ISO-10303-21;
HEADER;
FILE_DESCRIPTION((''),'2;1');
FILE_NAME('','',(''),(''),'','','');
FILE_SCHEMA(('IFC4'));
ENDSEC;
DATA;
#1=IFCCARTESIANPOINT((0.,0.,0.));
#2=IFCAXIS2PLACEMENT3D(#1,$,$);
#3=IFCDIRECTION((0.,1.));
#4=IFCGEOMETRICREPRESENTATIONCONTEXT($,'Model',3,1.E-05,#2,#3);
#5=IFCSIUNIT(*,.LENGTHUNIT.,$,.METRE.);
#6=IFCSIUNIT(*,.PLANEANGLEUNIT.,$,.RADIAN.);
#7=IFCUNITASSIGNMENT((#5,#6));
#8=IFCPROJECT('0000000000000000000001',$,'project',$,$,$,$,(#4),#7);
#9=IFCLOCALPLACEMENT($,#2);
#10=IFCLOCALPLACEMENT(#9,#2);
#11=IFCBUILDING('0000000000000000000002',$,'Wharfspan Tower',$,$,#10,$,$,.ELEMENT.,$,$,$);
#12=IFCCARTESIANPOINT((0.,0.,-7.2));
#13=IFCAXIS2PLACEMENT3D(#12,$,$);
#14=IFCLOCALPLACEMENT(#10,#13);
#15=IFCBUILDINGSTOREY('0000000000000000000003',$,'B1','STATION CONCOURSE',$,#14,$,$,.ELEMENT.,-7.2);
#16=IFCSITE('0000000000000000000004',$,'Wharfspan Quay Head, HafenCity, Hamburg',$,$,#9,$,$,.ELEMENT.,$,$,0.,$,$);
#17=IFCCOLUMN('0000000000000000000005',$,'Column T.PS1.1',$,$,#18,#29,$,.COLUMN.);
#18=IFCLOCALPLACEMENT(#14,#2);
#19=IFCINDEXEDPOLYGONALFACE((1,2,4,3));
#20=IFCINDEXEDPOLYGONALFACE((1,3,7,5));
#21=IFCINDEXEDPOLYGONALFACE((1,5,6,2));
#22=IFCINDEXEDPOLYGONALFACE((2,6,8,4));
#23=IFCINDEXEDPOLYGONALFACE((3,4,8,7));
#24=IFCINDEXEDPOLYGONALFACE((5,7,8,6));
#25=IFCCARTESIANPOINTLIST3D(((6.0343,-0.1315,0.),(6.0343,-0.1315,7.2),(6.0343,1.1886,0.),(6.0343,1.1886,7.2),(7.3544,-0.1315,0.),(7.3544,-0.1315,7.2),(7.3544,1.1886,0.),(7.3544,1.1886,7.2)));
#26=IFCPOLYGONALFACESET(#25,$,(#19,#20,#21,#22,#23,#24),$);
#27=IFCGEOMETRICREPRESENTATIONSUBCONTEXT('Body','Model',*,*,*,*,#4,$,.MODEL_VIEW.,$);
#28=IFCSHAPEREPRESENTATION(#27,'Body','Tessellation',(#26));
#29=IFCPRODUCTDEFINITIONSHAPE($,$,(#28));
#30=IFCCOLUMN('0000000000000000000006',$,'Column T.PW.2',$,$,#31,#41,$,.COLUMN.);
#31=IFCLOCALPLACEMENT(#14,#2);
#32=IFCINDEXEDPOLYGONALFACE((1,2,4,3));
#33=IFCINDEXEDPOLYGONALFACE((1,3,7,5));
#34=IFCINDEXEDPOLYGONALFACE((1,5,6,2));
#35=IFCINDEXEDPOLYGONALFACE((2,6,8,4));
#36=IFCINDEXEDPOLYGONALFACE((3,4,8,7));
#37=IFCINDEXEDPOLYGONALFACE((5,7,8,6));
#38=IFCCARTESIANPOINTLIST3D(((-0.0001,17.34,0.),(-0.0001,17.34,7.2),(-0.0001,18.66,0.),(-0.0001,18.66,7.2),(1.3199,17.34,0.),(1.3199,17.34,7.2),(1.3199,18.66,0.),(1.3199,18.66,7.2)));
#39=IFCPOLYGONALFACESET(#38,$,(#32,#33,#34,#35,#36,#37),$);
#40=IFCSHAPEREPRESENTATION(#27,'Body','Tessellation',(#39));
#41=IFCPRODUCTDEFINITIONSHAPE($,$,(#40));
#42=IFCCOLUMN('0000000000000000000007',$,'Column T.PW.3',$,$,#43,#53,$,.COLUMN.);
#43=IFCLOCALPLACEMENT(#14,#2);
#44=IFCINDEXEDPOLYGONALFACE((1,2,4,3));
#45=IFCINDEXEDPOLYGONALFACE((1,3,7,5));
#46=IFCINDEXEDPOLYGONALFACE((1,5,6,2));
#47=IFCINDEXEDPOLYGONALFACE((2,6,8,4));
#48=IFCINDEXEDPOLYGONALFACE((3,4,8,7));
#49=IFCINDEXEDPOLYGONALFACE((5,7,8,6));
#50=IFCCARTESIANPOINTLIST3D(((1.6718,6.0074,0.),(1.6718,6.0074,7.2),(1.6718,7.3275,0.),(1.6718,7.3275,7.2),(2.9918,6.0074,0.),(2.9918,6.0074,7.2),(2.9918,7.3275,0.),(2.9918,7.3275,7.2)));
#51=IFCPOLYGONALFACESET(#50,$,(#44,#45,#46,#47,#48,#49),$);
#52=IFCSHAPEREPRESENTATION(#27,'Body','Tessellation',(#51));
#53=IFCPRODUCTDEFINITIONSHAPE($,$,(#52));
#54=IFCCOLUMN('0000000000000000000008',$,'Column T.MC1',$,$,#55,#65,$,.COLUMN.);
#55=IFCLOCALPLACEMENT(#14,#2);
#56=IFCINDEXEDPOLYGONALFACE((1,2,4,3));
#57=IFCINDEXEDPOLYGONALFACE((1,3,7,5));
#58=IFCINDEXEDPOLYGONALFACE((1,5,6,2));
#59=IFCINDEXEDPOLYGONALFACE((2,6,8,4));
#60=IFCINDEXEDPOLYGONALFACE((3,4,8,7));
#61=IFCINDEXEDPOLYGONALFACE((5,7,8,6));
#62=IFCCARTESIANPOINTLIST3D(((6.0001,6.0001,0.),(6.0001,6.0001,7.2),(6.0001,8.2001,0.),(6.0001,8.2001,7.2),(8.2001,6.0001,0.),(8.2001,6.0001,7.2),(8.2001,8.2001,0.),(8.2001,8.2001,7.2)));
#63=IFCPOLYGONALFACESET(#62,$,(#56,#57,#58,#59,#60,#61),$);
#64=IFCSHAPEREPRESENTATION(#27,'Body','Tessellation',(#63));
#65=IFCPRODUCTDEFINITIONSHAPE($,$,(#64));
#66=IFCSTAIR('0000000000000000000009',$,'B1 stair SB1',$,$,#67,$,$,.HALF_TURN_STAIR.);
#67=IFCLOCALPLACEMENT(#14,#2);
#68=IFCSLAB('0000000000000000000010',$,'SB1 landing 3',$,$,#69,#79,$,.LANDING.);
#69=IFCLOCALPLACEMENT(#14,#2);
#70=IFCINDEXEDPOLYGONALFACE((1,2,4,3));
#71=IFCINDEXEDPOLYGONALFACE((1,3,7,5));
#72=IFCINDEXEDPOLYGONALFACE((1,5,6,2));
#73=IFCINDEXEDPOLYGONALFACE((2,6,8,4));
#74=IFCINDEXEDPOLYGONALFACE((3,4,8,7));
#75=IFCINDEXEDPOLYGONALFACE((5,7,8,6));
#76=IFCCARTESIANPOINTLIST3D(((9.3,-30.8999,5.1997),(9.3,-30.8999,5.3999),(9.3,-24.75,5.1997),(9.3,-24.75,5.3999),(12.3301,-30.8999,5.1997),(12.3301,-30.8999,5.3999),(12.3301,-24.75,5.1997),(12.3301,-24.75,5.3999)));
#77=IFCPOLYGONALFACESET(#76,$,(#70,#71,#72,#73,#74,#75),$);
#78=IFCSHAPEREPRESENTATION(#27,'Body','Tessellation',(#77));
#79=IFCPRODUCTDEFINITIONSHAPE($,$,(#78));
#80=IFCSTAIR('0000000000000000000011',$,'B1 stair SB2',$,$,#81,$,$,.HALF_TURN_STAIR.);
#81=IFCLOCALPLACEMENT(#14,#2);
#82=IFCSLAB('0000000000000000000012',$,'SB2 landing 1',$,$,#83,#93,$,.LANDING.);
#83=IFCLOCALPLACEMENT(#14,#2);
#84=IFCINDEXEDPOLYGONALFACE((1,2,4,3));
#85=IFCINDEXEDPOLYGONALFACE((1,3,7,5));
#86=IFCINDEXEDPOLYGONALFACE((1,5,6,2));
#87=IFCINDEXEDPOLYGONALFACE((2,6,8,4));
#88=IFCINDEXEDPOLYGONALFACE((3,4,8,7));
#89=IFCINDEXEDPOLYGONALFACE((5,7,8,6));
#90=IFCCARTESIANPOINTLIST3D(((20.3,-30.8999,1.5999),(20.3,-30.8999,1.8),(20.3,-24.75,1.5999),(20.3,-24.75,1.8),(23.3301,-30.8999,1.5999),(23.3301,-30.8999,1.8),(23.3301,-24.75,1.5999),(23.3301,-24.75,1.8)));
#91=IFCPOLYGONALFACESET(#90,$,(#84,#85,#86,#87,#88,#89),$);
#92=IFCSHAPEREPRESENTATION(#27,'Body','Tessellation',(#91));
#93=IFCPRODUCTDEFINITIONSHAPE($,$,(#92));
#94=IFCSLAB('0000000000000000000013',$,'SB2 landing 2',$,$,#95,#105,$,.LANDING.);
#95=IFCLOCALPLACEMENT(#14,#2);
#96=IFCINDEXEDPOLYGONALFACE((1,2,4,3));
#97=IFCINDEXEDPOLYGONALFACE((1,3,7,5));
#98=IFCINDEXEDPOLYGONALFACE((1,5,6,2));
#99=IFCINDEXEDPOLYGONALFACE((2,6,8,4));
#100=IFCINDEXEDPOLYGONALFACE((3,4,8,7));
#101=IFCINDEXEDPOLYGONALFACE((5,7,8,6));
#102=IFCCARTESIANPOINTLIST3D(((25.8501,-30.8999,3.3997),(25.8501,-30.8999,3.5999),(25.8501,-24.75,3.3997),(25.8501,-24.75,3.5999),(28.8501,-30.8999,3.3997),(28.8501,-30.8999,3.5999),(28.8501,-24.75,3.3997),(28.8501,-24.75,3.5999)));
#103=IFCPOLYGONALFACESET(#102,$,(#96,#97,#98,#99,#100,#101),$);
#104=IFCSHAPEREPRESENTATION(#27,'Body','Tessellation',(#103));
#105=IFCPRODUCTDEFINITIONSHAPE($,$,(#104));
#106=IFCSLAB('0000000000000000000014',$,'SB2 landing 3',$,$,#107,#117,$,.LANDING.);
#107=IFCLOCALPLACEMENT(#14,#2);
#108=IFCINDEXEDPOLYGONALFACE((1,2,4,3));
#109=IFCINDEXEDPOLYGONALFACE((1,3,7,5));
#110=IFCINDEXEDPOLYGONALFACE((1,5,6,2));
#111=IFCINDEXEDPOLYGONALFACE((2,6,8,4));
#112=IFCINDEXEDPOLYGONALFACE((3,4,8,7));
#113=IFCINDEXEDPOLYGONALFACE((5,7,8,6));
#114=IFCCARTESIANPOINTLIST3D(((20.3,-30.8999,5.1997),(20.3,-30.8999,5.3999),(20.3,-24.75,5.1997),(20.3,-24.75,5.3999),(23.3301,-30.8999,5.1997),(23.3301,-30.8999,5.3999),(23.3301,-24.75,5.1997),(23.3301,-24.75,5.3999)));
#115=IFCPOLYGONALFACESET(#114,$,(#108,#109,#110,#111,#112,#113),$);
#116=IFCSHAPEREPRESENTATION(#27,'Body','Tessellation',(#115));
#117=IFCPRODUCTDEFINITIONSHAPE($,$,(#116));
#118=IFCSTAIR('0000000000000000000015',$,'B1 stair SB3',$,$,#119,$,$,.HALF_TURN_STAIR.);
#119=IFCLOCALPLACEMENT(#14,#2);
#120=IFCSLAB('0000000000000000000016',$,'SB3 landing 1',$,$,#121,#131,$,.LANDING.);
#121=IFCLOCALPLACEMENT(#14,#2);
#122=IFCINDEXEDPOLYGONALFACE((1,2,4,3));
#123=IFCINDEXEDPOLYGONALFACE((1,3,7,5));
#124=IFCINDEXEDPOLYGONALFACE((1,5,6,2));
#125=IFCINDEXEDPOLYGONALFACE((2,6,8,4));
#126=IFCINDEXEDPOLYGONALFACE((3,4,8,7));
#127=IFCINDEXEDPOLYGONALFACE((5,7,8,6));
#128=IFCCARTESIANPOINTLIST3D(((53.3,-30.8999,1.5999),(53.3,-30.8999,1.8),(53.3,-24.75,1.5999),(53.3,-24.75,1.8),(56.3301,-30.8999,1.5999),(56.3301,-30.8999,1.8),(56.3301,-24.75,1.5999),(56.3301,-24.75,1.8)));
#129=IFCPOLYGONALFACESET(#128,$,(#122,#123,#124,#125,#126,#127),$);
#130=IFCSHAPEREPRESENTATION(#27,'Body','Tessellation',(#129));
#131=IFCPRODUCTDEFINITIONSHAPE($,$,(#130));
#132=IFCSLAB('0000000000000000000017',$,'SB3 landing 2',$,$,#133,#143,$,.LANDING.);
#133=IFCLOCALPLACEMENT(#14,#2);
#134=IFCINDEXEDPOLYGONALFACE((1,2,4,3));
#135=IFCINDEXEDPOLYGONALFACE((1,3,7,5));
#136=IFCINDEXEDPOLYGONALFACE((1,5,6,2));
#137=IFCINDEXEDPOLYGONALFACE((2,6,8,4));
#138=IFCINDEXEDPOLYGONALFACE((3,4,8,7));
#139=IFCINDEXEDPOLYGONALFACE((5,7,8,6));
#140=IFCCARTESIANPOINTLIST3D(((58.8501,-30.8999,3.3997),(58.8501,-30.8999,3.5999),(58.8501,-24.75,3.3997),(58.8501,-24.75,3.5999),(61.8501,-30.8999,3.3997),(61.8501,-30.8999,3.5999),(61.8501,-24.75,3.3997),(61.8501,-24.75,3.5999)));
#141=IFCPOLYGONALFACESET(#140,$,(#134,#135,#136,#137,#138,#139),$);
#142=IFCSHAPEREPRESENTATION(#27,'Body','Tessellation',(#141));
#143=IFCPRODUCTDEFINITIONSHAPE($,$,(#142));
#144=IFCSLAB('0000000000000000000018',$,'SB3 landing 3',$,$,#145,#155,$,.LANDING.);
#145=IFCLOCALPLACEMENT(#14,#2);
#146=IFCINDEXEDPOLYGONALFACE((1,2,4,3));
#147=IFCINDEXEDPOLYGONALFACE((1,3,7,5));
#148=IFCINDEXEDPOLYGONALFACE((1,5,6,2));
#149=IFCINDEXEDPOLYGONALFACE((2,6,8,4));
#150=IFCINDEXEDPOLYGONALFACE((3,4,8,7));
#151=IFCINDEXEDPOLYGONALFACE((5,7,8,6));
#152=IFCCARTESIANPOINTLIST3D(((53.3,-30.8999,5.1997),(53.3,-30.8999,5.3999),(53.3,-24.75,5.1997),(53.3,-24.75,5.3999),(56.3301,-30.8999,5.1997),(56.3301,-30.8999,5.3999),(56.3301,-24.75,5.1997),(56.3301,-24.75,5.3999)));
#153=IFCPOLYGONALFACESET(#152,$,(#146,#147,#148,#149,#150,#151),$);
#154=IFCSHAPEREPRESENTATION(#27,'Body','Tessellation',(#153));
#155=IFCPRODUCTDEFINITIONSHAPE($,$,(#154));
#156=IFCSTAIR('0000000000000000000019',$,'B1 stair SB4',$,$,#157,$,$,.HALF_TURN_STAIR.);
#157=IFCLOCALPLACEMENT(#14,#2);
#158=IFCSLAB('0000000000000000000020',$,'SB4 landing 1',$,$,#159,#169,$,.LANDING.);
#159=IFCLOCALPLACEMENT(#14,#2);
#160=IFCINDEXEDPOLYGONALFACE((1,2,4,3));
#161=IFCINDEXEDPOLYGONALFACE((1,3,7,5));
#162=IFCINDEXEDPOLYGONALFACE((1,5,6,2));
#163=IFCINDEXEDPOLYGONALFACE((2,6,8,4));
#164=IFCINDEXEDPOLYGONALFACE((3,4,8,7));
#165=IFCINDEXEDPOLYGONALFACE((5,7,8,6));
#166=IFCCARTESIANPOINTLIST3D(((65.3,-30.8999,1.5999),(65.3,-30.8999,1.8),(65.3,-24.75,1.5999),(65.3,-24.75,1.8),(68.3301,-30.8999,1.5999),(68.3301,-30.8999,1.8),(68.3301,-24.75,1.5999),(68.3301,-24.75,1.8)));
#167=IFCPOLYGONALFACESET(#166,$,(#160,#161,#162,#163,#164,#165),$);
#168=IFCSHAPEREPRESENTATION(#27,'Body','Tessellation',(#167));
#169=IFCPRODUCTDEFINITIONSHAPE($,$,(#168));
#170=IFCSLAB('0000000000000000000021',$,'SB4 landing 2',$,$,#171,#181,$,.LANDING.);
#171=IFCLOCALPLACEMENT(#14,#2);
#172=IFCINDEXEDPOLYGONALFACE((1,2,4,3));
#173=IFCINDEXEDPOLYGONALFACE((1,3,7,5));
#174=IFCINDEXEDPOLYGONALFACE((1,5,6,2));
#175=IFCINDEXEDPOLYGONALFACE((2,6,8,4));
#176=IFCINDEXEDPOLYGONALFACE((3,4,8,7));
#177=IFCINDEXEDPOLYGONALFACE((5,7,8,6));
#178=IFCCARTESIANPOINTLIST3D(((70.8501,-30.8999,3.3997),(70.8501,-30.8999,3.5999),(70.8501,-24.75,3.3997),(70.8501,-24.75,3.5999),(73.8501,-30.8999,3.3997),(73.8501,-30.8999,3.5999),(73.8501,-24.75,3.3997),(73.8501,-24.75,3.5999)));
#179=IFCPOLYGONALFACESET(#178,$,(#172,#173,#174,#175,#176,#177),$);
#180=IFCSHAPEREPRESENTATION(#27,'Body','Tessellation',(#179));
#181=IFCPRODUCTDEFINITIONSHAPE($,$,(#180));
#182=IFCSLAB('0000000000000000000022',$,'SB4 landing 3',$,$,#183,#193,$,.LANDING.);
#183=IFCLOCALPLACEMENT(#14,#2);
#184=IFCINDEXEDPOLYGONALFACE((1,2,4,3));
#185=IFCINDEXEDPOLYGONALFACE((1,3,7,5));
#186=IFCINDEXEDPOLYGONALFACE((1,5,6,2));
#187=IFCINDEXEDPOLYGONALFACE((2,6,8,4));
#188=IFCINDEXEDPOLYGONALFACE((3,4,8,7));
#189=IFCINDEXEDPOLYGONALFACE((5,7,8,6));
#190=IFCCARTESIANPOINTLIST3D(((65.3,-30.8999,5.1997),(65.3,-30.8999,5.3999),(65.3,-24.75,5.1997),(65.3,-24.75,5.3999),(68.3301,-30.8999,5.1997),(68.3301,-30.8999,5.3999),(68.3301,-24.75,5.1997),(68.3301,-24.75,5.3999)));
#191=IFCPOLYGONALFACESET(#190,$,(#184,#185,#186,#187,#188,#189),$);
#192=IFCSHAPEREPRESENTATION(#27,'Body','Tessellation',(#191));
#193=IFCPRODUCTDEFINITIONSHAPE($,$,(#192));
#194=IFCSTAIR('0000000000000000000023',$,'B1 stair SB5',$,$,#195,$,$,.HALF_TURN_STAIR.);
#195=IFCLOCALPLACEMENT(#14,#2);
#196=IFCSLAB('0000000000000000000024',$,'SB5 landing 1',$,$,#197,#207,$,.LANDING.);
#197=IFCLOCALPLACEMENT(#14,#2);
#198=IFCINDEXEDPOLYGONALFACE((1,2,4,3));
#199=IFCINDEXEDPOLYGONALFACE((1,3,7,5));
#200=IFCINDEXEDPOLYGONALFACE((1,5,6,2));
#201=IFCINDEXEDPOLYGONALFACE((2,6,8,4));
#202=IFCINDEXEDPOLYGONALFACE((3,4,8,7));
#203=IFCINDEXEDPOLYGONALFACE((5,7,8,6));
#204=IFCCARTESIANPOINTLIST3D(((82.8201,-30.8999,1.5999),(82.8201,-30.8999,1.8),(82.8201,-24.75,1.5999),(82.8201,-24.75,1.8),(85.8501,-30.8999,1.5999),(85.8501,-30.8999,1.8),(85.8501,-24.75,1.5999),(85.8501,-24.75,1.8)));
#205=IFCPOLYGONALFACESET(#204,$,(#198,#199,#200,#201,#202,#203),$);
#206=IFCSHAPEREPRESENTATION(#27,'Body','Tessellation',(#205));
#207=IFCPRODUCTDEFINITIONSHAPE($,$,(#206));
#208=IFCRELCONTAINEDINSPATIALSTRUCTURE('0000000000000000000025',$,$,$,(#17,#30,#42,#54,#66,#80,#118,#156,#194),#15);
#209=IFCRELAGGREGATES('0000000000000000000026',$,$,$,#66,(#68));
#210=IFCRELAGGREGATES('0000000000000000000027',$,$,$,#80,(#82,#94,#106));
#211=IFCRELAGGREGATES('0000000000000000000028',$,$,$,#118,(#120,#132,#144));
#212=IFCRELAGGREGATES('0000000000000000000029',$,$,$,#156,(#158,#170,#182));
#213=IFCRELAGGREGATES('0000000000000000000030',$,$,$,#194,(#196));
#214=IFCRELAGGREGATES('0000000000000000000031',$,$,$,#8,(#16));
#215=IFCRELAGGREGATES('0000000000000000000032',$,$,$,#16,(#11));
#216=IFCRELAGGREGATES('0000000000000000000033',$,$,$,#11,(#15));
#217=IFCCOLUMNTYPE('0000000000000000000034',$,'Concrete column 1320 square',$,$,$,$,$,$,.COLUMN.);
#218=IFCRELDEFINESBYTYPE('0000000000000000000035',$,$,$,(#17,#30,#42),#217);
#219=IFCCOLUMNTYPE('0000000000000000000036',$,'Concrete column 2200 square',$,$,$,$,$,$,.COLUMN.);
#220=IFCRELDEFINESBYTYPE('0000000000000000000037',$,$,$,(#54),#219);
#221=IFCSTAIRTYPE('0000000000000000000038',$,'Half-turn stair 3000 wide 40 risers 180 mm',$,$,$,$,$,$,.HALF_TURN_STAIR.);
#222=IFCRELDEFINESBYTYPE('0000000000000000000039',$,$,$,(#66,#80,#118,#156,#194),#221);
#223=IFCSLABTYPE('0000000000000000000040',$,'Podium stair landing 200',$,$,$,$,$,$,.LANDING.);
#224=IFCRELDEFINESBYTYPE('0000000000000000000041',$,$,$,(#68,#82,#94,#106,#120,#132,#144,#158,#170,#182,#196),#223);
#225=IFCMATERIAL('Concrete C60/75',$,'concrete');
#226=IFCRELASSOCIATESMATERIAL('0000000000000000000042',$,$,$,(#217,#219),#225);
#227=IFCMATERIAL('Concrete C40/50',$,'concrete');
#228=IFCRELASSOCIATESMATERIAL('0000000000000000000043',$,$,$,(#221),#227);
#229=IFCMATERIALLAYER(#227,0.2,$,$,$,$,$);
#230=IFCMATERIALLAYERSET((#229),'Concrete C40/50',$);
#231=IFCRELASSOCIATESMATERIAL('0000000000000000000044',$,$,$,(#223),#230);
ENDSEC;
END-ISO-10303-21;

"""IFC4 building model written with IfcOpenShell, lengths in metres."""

from ifc_helpers import new_model, si_unit, direction, frame, origin, origin_2d, place, context, subcontext, project, spatial, polyline, rectangle, outline, extrude, material, layer, layer_set, material_profile, profile_set, type_object, element, aggregate, save


model = new_model("IFC4")

# Units and contexts
model_context = context("Model", 3, precision=1e-05, world=origin(), true_north=direction((0.0, 1.0)))
body_context = subcontext(model_context, "Body", "Model", "MODEL_VIEW")
ifc_project = project(units=[si_unit("LENGTHUNIT", "METRE"), si_unit("PLANEANGLEUNIT", "RADIAN")], contexts=[model_context])

# Site, building, storey
site_placement = place(None, origin())
site = spatial("IfcSite", under=ifc_project, at=site_placement, Name="Wharfspan Quay Head, HafenCity, Hamburg", CompositionType="ELEMENT", RefElevation=0.0)
building_placement = place(site_placement, origin())
building = spatial("IfcBuilding", under=site, at=building_placement, Name="Wharfspan Tower", CompositionType="ELEMENT")
storey_placement = place(building_placement, frame((0.0, 0.0, -7.2)))
storey = spatial("IfcBuildingStorey", under=building, at=storey_placement, Name="B1", Description="STATION CONCOURSE", CompositionType="ELEMENT", Elevation=-7.2)

# Columns
ifc_material_1 = material(Name="Concrete C60/75", Category="concrete")
ifc_material_profile_1 = material_profile(ifc_material_1, rectangle(XDim=1.3201, YDim=1.3201, at=origin_2d()))
ifc_profile_set_1 = profile_set([ifc_material_profile_1], Name="Concrete C60/75")
column_type_1 = type_object("IfcColumnType", Name="Concrete column 1320 square", PredefinedType="COLUMN", material=ifc_profile_set_1)
for number, where, z_axis, x_axis, name in (
    (1, (6.6943, 0.5286, 0.0), (0.0, 0.0, 1.0), (1.0, 0.0, 0.0), "Column T.PS1.1"),
    (2, (0.6599, 18.0, 0.0), (0.0, 0.0, 1.0), (1.0, 0.0, 0.0), "Column T.PW.2"),
    (3, (2.3318, 6.6675, 0.0), (0.0, 0.0, 1.0), (1.0, 0.0, 0.0), "Column T.PW.3"),
):
    element("IfcColumn", number, at=place(storey_placement, frame(where, z_axis=z_axis, x_axis=x_axis)), inside=storey, type_object=column_type_1, Name=name, PredefinedType="COLUMN", context=body_context, shape_type="SweptSolid", body=[
        extrude(rectangle(XDim=1.3201, YDim=1.3201, at=origin_2d()), origin(), (0.0, 0.0, 1.0), 7.2),
    ])
ifc_material_profile_2 = material_profile(ifc_material_1, rectangle(XDim=2.2, YDim=2.2, at=origin_2d()))
ifc_profile_set_2 = profile_set([ifc_material_profile_2], Name="Concrete C60/75")
column_type_2 = type_object("IfcColumnType", Name="Concrete column 2200 square", PredefinedType="COLUMN", material=ifc_profile_set_2)
column_placement = place(storey_placement, frame((7.1001, 7.1001, 0.0), z_axis=(0.0, 0.0, 1.0), x_axis=(1.0, 0.0, 0.0)))
element("IfcColumn", 4, at=column_placement, inside=storey, type_object=column_type_2, Name="Column T.MC1", PredefinedType="COLUMN", context=body_context, shape_type="SweptSolid", body=[
    extrude(rectangle(XDim=2.2, YDim=2.2, at=origin_2d()), origin(), (0.0, 0.0, 1.0), 7.2),
])

# Stair, slab
ifc_material_2 = material(Name="Concrete C40/50", Category="concrete")
stair_type = type_object("IfcStairType", Name="Half-turn stair 3000 wide 40 risers 180 mm", PredefinedType="HALF_TURN_STAIR", material=ifc_material_2)
stair_1_placement = place(storey_placement, origin())
stair_1 = element("IfcStair", 5, at=stair_1_placement, inside=storey, type_object=stair_type, Name="B1 stair SB1", PredefinedType="HALF_TURN_STAIR")
ifc_layer_1 = layer(ifc_material_2, 0.2)
ifc_layer_set_1 = layer_set([ifc_layer_1], Name="Concrete C40/50")
slab_type = type_object("IfcSlabType", Name="Podium stair landing 200", PredefinedType="LANDING", material=ifc_layer_set_1)
slab_1_placement = place(storey_placement, frame((0.0, 0.0, 5.1997)))
slab_1 = element("IfcSlab", 6, at=slab_1_placement, type_object=slab_type, Name="SB1 landing 3", PredefinedType="LANDING", context=body_context, shape_type="SweptSolid", body=[
    extrude(outline(polyline([(12.3301, -24.75), (9.3, -24.75), (9.3, -30.8999), (12.3301, -30.8999), (12.3301, -24.75)])), origin(), (0.0, 0.0, 1.0), 0.2002),
])
aggregate(stair_1, [slab_1])

# Stairs, slabs
stair_2_placement = place(storey_placement, origin())
stair_2 = element("IfcStair", 7, at=stair_2_placement, inside=storey, type_object=stair_type, Name="B1 stair SB2", PredefinedType="HALF_TURN_STAIR")
slab_2_placement = place(storey_placement, frame((0.0, 0.0, 1.5999)))
slab_2 = element("IfcSlab", 8, at=slab_2_placement, type_object=slab_type, Name="SB2 landing 1", PredefinedType="LANDING", context=body_context, shape_type="SweptSolid", body=[
    extrude(outline(polyline([(23.3301, -24.75), (20.3, -24.75), (20.3, -30.8999), (23.3301, -30.8999), (23.3301, -24.75)])), origin(), (0.0, 0.0, 1.0), 0.2002),
])
slab_3_placement = place(storey_placement, frame((0.0, 0.0, 3.3997)))
slab_3 = element("IfcSlab", 9, at=slab_3_placement, type_object=slab_type, Name="SB2 landing 2", PredefinedType="LANDING", context=body_context, shape_type="SweptSolid", body=[
    extrude(outline(polyline([(28.8501, -24.75), (25.8501, -24.75), (25.8501, -30.8999), (28.8501, -30.8999), (28.8501, -24.75)])), origin(), (0.0, 0.0, 1.0), 0.2002),
])
slab_4_placement = place(storey_placement, frame((0.0, 0.0, 5.1997)))
slab_4 = element("IfcSlab", 10, at=slab_4_placement, type_object=slab_type, Name="SB2 landing 3", PredefinedType="LANDING", context=body_context, shape_type="SweptSolid", body=[
    extrude(outline(polyline([(23.3301, -24.75), (20.3, -24.75), (20.3, -30.8999), (23.3301, -30.8999), (23.3301, -24.75)])), origin(), (0.0, 0.0, 1.0), 0.2002),
])
aggregate(stair_2, [slab_2, slab_3, slab_4])
stair_3_placement = place(storey_placement, origin())
stair_3 = element("IfcStair", 11, at=stair_3_placement, inside=storey, type_object=stair_type, Name="B1 stair SB3", PredefinedType="HALF_TURN_STAIR")
slab_5_placement = place(storey_placement, frame((0.0, 0.0, 1.5999)))
slab_5 = element("IfcSlab", 12, at=slab_5_placement, type_object=slab_type, Name="SB3 landing 1", PredefinedType="LANDING", context=body_context, shape_type="SweptSolid", body=[
    extrude(outline(polyline([(56.3301, -24.75), (53.3, -24.75), (53.3, -30.8999), (56.3301, -30.8999), (56.3301, -24.75)])), origin(), (0.0, 0.0, 1.0), 0.2002),
])
slab_6_placement = place(storey_placement, frame((0.0, 0.0, 3.3997)))
slab_6 = element("IfcSlab", 13, at=slab_6_placement, type_object=slab_type, Name="SB3 landing 2", PredefinedType="LANDING", context=body_context, shape_type="SweptSolid", body=[
    extrude(outline(polyline([(61.8501, -24.75), (58.8501, -24.75), (58.8501, -30.8999), (61.8501, -30.8999), (61.8501, -24.75)])), origin(), (0.0, 0.0, 1.0), 0.2002),
])
slab_7_placement = place(storey_placement, frame((0.0, 0.0, 5.1997)))
slab_7 = element("IfcSlab", 14, at=slab_7_placement, type_object=slab_type, Name="SB3 landing 3", PredefinedType="LANDING", context=body_context, shape_type="SweptSolid", body=[
    extrude(outline(polyline([(56.3301, -24.75), (53.3, -24.75), (53.3, -30.8999), (56.3301, -30.8999), (56.3301, -24.75)])), origin(), (0.0, 0.0, 1.0), 0.2002),
])
aggregate(stair_3, [slab_5, slab_6, slab_7])
stair_4_placement = place(storey_placement, origin())
stair_4 = element("IfcStair", 15, at=stair_4_placement, inside=storey, type_object=stair_type, Name="B1 stair SB4", PredefinedType="HALF_TURN_STAIR")
slab_8_placement = place(storey_placement, frame((0.0, 0.0, 1.5999)))
slab_8 = element("IfcSlab", 16, at=slab_8_placement, type_object=slab_type, Name="SB4 landing 1", PredefinedType="LANDING", context=body_context, shape_type="SweptSolid", body=[
    extrude(outline(polyline([(68.3301, -24.75), (65.3, -24.75), (65.3, -30.8999), (68.3301, -30.8999), (68.3301, -24.75)])), origin(), (0.0, 0.0, 1.0), 0.2002),
])
slab_9_placement = place(storey_placement, frame((0.0, 0.0, 3.3997)))
slab_9 = element("IfcSlab", 17, at=slab_9_placement, type_object=slab_type, Name="SB4 landing 2", PredefinedType="LANDING", context=body_context, shape_type="SweptSolid", body=[
    extrude(outline(polyline([(73.8501, -24.75), (70.8501, -24.75), (70.8501, -30.8999), (73.8501, -30.8999), (73.8501, -24.75)])), origin(), (0.0, 0.0, 1.0), 0.2002),
])
slab_10_placement = place(storey_placement, frame((0.0, 0.0, 5.1997)))
slab_10 = element("IfcSlab", 18, at=slab_10_placement, type_object=slab_type, Name="SB4 landing 3", PredefinedType="LANDING", context=body_context, shape_type="SweptSolid", body=[
    extrude(outline(polyline([(68.3301, -24.75), (65.3, -24.75), (65.3, -30.8999), (68.3301, -30.8999), (68.3301, -24.75)])), origin(), (0.0, 0.0, 1.0), 0.2002),
])
aggregate(stair_4, [slab_8, slab_9, slab_10])
stair_5_placement = place(storey_placement, origin())
stair_5 = element("IfcStair", 19, at=stair_5_placement, inside=storey, type_object=stair_type, Name="B1 stair SB5", PredefinedType="HALF_TURN_STAIR")
slab_11_placement = place(storey_placement, frame((0.0, 0.0, 1.5999)))
slab_11 = element("IfcSlab", 20, at=slab_11_placement, type_object=slab_type, Name="SB5 landing 1", PredefinedType="LANDING", context=body_context, shape_type="SweptSolid", body=[
    extrude(outline(polyline([(82.8201, -30.8999), (85.8501, -30.8999), (85.8501, -24.75), (82.8201, -24.75), (82.8201, -30.8999)])), origin(), (0.0, 0.0, 1.0), 0.2002),
])
aggregate(stair_5, [slab_11])

save(model, "model.ifc")
